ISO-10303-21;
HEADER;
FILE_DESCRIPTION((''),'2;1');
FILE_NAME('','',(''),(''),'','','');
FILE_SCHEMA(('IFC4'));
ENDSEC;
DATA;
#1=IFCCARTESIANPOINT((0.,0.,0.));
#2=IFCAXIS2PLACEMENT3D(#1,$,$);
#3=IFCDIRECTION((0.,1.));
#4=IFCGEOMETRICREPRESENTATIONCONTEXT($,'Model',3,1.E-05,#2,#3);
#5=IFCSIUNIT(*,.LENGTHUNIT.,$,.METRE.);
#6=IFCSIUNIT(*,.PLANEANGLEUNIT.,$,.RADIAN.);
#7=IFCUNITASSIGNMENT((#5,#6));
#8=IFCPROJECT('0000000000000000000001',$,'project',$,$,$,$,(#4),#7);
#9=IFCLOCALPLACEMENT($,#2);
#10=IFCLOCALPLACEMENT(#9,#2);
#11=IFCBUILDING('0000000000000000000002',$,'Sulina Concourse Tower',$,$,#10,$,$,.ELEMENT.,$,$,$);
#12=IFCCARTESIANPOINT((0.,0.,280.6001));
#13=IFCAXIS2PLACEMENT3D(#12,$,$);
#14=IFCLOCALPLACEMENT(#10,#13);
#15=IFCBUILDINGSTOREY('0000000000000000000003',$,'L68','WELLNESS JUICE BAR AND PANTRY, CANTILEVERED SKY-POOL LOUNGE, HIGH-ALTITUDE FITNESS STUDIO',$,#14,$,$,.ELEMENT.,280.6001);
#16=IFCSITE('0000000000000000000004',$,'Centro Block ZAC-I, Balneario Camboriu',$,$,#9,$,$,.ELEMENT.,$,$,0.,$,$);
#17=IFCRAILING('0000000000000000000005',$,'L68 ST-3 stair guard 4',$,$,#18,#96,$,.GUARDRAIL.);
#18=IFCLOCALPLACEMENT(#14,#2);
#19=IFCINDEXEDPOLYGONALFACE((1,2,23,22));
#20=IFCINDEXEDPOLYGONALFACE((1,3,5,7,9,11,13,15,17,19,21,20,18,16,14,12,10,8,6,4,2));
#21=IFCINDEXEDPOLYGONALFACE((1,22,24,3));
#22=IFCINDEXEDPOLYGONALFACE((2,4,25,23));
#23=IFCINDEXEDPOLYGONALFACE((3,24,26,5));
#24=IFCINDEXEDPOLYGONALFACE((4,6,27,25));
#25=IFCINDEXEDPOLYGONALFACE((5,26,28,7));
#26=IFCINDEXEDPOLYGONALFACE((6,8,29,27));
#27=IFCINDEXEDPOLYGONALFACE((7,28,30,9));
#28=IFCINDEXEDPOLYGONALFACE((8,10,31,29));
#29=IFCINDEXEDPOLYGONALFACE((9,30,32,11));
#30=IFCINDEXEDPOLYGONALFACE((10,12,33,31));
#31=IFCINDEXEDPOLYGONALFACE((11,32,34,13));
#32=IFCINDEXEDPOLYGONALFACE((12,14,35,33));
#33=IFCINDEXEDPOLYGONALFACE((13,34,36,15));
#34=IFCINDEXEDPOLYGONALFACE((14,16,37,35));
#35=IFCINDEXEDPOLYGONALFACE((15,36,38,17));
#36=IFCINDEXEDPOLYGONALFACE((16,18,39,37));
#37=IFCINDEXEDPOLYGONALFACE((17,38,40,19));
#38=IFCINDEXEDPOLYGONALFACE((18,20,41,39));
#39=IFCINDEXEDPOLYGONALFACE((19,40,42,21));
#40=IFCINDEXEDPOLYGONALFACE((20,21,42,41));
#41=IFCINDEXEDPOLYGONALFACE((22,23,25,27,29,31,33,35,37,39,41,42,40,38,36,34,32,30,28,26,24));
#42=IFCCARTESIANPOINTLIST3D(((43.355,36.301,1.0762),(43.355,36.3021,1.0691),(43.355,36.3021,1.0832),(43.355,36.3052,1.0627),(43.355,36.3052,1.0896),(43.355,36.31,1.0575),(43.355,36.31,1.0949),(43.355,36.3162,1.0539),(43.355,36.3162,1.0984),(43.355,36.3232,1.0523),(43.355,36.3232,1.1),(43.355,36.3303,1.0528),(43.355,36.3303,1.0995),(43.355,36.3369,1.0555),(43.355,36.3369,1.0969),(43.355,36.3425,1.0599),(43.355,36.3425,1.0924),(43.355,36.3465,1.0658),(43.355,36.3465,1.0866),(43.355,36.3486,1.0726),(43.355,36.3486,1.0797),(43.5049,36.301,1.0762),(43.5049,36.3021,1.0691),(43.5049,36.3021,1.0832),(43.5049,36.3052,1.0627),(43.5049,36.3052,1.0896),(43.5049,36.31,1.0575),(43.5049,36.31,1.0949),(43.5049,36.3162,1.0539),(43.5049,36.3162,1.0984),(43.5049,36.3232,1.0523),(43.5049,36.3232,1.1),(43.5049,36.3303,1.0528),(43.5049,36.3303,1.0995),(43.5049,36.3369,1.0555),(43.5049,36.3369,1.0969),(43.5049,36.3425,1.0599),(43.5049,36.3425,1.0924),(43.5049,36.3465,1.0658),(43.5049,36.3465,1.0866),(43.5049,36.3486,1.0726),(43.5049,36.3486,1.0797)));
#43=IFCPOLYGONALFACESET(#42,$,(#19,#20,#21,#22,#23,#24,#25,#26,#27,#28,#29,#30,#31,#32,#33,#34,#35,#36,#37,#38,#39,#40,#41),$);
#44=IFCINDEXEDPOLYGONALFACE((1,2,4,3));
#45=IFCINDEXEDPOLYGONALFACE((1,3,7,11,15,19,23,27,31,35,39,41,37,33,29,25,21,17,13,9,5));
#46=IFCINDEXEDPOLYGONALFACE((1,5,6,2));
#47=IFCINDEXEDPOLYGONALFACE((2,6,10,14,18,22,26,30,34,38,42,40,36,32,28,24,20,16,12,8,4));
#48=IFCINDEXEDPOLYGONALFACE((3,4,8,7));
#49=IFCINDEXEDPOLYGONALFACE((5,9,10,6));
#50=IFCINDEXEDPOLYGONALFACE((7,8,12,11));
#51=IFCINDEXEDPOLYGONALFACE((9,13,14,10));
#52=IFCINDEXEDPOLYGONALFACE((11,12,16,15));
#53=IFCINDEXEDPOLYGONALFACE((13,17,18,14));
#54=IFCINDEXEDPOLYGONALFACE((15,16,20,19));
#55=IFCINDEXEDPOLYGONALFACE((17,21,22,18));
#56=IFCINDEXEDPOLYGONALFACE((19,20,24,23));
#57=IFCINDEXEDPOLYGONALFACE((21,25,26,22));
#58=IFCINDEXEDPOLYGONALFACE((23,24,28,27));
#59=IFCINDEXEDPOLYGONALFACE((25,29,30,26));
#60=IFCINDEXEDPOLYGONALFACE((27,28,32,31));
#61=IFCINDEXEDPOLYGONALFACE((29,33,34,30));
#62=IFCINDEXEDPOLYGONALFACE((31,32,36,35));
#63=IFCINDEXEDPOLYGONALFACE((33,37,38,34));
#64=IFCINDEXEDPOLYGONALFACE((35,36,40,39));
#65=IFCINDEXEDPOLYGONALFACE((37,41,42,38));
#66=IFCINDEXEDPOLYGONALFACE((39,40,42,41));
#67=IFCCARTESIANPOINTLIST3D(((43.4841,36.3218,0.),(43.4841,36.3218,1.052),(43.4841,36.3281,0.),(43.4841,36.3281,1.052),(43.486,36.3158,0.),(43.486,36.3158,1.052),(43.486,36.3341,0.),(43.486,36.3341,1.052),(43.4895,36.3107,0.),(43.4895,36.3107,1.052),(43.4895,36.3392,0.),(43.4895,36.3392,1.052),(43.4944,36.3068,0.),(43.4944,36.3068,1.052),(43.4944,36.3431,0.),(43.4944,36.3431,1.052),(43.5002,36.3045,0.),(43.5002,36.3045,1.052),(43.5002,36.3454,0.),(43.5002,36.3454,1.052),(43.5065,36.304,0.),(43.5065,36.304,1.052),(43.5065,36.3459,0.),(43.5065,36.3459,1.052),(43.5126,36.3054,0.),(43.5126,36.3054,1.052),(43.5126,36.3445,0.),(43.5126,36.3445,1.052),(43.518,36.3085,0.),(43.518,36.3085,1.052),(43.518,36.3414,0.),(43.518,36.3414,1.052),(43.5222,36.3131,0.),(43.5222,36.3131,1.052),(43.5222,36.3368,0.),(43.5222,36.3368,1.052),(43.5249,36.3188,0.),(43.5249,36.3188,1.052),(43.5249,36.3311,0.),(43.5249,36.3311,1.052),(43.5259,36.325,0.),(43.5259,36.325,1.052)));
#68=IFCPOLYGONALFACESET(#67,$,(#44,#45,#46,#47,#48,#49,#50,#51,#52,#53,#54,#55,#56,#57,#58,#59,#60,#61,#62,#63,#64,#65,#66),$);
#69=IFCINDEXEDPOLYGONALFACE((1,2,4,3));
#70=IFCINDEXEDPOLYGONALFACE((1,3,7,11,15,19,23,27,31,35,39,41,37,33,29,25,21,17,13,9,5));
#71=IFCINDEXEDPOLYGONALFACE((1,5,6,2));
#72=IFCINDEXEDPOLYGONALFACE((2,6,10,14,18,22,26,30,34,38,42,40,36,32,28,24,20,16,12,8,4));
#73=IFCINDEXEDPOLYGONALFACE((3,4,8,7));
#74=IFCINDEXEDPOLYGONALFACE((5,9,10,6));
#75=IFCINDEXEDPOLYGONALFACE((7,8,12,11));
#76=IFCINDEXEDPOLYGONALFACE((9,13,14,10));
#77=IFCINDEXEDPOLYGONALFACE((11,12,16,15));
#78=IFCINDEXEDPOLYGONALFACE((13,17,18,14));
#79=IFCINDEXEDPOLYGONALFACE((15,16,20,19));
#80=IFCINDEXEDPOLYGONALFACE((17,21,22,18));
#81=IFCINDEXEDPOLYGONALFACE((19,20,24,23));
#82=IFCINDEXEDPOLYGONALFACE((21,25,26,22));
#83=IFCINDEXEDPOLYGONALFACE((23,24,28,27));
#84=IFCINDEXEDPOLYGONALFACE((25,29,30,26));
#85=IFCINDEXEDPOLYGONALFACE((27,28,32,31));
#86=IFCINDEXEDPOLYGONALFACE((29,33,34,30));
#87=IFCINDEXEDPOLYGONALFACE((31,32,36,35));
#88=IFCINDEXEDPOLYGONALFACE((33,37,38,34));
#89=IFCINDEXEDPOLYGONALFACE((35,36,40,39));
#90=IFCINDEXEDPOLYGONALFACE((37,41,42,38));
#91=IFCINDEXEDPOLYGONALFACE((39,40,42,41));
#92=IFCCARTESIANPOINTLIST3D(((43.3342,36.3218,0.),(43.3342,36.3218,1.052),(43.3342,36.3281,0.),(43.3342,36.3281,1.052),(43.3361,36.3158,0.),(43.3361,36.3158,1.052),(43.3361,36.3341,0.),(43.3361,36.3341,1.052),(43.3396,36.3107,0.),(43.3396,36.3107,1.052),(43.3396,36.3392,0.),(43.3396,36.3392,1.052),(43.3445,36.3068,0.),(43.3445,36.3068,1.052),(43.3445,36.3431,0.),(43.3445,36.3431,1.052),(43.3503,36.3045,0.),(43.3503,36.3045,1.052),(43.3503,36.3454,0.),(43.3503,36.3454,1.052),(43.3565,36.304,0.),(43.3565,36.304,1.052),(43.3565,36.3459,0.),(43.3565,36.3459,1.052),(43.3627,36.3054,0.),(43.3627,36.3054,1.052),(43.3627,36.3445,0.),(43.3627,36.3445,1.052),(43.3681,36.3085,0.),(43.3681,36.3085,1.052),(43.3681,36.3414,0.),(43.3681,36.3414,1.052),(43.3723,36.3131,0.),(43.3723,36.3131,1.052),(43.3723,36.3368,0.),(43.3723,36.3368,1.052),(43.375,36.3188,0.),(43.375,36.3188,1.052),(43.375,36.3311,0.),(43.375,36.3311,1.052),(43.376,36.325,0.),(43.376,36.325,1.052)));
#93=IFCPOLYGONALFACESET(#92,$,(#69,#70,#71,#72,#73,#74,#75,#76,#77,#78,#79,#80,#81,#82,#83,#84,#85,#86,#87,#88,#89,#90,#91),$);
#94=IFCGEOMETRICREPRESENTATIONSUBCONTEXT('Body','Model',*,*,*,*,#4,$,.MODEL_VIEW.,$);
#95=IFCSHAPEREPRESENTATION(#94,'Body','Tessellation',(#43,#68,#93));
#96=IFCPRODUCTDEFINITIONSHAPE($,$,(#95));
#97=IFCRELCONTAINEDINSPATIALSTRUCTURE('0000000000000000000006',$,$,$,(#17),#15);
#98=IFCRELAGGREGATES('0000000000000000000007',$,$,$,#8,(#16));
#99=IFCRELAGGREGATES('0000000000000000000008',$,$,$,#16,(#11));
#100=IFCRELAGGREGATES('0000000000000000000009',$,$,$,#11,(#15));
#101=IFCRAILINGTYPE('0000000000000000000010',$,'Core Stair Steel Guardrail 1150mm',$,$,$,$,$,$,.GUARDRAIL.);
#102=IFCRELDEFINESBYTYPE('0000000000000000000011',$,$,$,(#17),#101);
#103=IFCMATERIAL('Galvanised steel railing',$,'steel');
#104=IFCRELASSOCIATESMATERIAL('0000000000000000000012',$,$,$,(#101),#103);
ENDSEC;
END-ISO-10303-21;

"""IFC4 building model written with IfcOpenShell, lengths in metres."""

from ifc_helpers import new_model, si_unit, direction, frame, origin, origin_2d, place, context, subcontext, project, spatial, circle, extrude, material, type_object, element, save


model = new_model("IFC4")

# Units and contexts
model_context = context("Model", 3, precision=1e-05, world=origin(), true_north=direction((0.0, 1.0)))
body_context = subcontext(model_context, "Body", "Model", "MODEL_VIEW")
ifc_project = project(units=[si_unit("LENGTHUNIT", "METRE"), si_unit("PLANEANGLEUNIT", "RADIAN")], contexts=[model_context])

# Site, building, storey
site_placement = place(None, origin())
site = spatial("IfcSite", under=ifc_project, at=site_placement, Name="Centro Block ZAC-I, Balneario Camboriu", CompositionType="ELEMENT", RefElevation=0.0)
building_placement = place(site_placement, origin())
building = spatial("IfcBuilding", under=site, at=building_placement, Name="Sulina Concourse Tower", CompositionType="ELEMENT")
storey_placement = place(building_placement, frame((0.0, 0.0, 280.6001)))
storey = spatial("IfcBuildingStorey", under=building, at=storey_placement, Name="L68", Description="WELLNESS JUICE BAR AND PANTRY, CANTILEVERED SKY-POOL LOUNGE, HIGH-ALTITUDE FITNESS STUDIO", CompositionType="ELEMENT", Elevation=280.6001)

# Railing
ifc_material_1 = material(Name="Galvanised steel railing", Category="steel")
railing_type_1 = type_object("IfcRailingType", Name="Core Stair Steel Guardrail 1150mm", PredefinedType="GUARDRAIL", material=ifc_material_1)
railing_1_placement = place(storey_placement, frame((43.5049, 36.325, 0.0)))
element("IfcRailing", 1, at=railing_1_placement, inside=storey, type_object=railing_type_1, Name="L68 ST-3 stair guard 4", PredefinedType="GUARDRAIL", context=body_context, shape_type="SweptSolid", body=[
    extrude(circle(Radius=0.0239, at=origin_2d()), frame((0.0, 0.0, 1.0762), z_axis=(-1.0, 0.0, 0.0), x_axis=(0.0, -1.0, 0.0)), (0.0, 0.0, 1.0), 0.1499),
    extrude(circle(Radius=0.021, at=origin_2d()), origin(), (0.0, 0.0, 1.0), 1.052),
    extrude(circle(Radius=0.021, at=origin_2d()), frame((-0.1499, 0.0, 0.0)), (0.0, 0.0, 1.0), 1.052),
])

save(model, "model.ifc")
